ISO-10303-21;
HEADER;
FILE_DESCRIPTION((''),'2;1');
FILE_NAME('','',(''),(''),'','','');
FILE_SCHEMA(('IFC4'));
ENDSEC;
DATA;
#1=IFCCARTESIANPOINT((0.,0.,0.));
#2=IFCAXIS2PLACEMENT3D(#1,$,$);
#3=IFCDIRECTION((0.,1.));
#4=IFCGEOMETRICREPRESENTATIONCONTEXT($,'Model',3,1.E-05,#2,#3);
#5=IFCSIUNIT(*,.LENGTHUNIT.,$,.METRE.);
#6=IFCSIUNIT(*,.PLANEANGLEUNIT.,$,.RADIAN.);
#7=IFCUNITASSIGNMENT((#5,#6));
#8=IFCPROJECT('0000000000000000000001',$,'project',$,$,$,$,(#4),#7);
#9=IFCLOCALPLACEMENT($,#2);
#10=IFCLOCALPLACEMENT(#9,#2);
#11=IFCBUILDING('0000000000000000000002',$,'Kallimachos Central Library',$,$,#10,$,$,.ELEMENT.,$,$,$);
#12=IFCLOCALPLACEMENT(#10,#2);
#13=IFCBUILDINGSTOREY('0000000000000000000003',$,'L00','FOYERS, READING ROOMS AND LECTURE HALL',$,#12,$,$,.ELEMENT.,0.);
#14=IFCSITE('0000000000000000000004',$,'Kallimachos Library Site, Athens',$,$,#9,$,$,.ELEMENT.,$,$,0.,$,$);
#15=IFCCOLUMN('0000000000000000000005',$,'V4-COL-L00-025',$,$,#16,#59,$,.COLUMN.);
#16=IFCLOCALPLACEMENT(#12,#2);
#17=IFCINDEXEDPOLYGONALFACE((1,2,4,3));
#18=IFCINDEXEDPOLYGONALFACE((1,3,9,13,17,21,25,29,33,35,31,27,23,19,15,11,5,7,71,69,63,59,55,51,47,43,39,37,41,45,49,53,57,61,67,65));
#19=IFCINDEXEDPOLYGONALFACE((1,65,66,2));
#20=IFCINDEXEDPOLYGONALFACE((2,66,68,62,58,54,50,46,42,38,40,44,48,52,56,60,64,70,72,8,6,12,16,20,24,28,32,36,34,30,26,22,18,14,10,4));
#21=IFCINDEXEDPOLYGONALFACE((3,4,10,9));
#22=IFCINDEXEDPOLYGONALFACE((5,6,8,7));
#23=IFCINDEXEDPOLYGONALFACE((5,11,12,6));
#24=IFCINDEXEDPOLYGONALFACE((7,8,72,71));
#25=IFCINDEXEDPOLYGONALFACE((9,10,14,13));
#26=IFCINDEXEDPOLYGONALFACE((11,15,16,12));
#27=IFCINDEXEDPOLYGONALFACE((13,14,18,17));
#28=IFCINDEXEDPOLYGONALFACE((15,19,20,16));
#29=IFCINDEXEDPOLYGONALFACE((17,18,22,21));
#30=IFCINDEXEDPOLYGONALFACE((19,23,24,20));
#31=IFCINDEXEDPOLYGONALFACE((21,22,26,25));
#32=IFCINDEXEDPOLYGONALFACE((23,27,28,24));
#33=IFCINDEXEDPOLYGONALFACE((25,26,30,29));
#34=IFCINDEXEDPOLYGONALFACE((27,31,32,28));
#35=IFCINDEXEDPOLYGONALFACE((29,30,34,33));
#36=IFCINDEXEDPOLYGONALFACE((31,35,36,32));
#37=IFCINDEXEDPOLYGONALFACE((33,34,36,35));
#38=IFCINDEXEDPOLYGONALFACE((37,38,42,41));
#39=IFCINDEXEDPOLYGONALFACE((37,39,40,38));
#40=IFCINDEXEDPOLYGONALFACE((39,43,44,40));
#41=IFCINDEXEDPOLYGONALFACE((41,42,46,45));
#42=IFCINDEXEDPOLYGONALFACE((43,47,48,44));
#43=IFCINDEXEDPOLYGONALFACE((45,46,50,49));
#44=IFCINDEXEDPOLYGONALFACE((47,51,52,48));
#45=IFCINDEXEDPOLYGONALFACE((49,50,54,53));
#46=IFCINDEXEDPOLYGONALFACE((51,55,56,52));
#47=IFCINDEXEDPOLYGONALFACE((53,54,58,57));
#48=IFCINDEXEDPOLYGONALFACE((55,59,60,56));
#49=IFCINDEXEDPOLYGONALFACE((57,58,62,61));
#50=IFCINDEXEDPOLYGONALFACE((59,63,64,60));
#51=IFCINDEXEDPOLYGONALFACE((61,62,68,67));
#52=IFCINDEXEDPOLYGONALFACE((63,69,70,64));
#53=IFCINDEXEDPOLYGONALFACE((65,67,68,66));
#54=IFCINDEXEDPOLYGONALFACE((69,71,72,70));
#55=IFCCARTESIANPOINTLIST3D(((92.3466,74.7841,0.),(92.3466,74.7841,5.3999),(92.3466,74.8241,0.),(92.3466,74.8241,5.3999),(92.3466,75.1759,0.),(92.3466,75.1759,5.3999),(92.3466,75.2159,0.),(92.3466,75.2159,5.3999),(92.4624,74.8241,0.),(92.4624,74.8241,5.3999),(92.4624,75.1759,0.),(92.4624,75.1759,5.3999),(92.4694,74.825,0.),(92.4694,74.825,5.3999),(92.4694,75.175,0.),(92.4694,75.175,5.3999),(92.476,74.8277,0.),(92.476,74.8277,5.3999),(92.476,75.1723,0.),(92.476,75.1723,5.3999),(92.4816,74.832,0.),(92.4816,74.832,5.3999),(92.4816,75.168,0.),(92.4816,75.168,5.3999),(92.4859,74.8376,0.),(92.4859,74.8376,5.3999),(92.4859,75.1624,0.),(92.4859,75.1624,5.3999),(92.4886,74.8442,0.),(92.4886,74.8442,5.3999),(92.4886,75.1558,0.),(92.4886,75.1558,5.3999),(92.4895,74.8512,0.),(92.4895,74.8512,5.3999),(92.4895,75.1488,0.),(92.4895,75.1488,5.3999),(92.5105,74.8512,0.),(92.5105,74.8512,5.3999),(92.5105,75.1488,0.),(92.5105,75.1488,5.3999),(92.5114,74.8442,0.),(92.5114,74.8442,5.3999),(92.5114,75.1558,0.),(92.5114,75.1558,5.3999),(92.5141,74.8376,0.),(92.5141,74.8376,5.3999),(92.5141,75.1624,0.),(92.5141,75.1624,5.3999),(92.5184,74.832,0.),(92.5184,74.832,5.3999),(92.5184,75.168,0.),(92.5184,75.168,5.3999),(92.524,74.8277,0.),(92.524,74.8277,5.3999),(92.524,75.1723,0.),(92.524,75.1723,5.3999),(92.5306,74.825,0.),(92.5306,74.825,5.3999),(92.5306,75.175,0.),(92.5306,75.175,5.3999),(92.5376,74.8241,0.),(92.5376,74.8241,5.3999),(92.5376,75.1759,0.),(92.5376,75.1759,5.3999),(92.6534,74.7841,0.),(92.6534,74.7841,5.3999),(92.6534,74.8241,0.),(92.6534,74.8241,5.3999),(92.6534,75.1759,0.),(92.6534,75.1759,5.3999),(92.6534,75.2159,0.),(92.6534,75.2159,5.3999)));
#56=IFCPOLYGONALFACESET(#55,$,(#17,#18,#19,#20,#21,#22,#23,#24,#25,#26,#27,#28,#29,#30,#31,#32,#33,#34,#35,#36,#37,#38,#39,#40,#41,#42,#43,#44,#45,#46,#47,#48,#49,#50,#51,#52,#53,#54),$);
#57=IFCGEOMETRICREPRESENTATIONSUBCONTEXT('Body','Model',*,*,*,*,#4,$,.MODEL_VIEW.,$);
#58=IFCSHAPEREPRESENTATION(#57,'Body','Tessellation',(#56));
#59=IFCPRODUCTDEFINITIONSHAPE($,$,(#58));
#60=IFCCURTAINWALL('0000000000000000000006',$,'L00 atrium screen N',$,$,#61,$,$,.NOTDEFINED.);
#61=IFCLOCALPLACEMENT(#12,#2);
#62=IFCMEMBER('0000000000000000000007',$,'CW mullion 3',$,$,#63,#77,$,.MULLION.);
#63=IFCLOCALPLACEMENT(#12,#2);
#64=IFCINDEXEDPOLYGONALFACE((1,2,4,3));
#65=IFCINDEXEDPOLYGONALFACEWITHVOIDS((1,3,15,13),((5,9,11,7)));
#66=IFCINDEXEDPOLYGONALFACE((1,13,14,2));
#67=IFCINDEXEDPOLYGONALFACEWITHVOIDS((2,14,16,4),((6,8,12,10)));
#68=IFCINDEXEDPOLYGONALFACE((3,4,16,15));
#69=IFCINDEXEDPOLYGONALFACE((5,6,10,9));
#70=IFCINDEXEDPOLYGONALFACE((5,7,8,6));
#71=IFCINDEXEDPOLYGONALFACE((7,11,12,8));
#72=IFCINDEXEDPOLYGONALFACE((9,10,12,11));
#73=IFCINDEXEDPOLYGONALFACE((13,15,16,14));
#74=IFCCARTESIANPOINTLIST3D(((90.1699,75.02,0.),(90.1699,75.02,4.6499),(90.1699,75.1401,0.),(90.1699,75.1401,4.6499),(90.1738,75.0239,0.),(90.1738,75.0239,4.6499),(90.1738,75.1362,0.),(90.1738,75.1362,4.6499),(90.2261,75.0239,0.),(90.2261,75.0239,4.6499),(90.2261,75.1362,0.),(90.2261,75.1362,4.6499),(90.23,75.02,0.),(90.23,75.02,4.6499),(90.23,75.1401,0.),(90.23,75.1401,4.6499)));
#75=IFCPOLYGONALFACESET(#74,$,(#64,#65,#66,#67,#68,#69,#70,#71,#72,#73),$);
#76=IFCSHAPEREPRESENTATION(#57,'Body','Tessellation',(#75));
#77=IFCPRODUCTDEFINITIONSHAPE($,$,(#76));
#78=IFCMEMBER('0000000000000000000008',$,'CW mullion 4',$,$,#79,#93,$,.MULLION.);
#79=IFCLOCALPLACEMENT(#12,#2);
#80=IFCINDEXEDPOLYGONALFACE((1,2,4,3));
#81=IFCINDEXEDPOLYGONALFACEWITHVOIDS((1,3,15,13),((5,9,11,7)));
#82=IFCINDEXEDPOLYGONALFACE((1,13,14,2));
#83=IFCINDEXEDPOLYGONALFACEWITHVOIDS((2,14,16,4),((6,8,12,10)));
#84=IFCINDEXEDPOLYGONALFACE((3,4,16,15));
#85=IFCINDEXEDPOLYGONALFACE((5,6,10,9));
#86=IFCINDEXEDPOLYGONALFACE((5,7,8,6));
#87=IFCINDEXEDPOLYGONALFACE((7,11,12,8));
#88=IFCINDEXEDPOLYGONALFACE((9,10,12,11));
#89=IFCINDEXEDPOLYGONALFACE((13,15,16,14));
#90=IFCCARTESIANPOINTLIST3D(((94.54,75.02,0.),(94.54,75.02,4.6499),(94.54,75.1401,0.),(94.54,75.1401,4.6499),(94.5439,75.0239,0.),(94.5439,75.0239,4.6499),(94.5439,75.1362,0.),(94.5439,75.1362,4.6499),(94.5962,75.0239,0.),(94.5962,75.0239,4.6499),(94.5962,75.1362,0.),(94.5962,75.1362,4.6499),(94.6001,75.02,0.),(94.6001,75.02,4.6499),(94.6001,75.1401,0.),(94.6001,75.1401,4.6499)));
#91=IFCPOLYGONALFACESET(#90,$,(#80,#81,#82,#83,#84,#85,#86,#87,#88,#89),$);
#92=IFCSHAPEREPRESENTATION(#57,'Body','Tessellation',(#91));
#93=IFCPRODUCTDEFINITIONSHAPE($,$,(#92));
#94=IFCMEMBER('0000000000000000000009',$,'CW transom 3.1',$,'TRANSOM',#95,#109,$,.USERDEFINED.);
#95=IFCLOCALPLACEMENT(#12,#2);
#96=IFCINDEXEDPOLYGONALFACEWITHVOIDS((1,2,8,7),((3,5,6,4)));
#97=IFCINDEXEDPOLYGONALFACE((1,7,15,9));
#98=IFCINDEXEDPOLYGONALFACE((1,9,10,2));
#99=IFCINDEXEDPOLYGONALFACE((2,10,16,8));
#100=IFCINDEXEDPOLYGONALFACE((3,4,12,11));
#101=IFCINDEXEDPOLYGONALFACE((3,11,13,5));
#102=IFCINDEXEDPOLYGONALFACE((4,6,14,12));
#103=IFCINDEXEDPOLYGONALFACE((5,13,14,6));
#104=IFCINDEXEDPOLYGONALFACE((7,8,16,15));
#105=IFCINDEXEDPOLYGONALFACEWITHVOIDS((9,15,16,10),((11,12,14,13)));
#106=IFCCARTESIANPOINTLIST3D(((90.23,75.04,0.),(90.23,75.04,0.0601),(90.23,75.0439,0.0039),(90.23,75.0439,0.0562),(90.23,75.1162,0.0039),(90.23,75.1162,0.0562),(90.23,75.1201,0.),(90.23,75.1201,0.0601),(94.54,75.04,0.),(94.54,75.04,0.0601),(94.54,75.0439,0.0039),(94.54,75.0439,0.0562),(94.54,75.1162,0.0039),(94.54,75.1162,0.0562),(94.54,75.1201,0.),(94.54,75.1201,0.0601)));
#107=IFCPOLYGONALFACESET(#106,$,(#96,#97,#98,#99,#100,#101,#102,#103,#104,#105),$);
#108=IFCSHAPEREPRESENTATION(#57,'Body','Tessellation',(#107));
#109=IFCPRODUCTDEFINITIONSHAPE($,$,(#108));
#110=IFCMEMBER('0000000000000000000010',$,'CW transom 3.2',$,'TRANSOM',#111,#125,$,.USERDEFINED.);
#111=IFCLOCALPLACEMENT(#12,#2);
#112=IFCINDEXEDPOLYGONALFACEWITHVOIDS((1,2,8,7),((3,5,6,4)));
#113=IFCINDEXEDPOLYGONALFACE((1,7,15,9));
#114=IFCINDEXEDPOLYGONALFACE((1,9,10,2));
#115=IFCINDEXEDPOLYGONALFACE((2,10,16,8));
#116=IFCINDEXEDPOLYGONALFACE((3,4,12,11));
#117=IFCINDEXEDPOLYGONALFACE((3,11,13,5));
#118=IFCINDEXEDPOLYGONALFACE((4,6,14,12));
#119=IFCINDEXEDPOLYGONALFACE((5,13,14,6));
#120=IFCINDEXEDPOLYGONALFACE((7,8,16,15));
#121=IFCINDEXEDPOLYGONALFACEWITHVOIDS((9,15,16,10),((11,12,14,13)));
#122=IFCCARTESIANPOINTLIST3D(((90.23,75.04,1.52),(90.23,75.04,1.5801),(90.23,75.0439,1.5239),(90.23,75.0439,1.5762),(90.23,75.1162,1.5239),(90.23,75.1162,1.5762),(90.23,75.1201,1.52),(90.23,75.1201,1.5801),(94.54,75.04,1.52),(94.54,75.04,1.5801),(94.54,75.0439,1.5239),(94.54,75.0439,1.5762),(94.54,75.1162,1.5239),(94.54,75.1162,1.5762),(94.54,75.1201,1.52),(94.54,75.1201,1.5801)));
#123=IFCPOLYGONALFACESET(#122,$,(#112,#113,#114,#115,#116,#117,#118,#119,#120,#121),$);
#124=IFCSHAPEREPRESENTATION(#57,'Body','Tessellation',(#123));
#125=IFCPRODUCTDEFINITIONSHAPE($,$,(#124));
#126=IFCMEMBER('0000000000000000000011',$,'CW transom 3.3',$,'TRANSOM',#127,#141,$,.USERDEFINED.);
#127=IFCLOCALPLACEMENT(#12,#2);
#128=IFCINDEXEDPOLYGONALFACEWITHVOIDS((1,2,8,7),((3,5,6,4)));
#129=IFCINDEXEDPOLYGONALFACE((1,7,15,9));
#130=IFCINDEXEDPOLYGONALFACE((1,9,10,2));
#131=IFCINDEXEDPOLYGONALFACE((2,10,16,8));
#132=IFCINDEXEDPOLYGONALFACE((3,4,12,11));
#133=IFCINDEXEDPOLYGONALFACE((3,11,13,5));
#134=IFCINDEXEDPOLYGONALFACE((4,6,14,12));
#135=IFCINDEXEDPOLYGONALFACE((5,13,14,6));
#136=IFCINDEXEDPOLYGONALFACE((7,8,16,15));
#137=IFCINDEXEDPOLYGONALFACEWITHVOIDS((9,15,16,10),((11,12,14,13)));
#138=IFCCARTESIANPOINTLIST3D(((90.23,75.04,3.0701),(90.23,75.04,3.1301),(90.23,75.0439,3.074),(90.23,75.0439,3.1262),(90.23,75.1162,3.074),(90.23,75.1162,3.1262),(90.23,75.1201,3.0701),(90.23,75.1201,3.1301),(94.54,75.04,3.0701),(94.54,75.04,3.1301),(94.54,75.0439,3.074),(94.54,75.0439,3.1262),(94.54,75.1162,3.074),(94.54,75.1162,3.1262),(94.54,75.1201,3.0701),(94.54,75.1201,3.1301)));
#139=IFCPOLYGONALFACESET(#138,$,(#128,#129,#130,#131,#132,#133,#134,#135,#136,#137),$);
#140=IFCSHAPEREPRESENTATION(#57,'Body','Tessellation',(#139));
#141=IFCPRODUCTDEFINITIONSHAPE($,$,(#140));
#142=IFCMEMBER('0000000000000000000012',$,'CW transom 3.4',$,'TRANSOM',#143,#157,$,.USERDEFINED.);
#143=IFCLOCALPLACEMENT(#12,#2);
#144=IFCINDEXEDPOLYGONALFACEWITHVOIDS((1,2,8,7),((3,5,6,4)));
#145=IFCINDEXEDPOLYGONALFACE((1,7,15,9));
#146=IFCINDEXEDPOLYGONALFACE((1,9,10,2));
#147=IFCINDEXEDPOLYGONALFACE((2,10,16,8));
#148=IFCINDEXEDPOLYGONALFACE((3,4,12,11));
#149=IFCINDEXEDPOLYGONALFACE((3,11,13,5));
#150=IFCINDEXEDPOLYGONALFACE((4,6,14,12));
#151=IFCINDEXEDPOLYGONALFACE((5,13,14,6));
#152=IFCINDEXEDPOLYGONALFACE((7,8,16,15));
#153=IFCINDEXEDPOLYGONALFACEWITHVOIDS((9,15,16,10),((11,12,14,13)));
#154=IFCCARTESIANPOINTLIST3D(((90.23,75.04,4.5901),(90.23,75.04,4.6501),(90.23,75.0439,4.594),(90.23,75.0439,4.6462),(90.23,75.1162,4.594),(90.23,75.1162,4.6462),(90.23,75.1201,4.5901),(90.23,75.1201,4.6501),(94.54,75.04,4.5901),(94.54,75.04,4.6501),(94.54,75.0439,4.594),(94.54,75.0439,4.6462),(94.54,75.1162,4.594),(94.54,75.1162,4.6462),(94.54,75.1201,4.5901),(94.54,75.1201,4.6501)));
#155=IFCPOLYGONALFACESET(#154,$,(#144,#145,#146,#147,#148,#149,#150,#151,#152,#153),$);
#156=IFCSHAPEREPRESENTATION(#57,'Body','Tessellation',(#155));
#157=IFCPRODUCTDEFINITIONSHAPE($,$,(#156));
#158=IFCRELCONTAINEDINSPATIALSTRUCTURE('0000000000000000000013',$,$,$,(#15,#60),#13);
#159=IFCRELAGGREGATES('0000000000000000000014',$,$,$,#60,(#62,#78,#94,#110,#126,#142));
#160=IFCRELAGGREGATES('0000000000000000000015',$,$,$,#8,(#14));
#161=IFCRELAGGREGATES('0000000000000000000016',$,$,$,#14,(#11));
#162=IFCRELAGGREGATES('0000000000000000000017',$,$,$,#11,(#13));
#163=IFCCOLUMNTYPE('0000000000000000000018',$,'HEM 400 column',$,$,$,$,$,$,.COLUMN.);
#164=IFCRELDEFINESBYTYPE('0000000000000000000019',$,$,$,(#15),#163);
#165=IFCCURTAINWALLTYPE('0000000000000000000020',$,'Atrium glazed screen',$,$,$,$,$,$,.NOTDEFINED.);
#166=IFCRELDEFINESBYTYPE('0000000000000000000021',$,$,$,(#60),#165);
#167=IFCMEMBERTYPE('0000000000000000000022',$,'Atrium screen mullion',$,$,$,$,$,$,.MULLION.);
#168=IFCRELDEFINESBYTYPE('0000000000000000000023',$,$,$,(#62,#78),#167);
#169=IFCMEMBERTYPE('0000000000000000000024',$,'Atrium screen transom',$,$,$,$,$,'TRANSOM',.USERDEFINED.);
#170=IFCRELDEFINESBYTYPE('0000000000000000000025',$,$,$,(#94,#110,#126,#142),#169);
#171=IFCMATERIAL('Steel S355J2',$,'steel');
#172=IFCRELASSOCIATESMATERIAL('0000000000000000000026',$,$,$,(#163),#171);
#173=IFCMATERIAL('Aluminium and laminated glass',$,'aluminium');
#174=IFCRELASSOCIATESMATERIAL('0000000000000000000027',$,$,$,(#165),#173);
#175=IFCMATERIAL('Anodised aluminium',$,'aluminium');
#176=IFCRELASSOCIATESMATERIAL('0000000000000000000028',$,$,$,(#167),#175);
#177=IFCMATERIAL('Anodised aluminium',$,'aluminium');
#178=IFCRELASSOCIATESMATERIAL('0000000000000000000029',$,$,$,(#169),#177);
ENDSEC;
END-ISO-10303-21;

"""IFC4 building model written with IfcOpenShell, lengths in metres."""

from ifc_helpers import new_model, si_unit, direction, frame, origin, origin_2d, place, context, subcontext, project, spatial, hollow_rectangle, i_section, extrude, material, material_profile, profile_set, type_object, element, aggregate, save


model = new_model("IFC4")

# Units and contexts
model_context = context("Model", 3, precision=1e-05, world=origin(), true_north=direction((0.0, 1.0)))
body_context = subcontext(model_context, "Body", "Model", "MODEL_VIEW")
ifc_project = project(units=[si_unit("LENGTHUNIT", "METRE"), si_unit("PLANEANGLEUNIT", "RADIAN")], contexts=[model_context])

# Site, building, storey
site_placement = place(None, origin())
site = spatial("IfcSite", under=ifc_project, at=site_placement, Name="Kallimachos Library Site, Athens", CompositionType="ELEMENT", RefElevation=0.0)
building_placement = place(site_placement, origin())
building = spatial("IfcBuilding", under=site, at=building_placement, Name="Kallimachos Central Library", CompositionType="ELEMENT")
storey_placement = place(building_placement, origin())
storey = spatial("IfcBuildingStorey", under=building, at=storey_placement, Name="L00", Description="FOYERS, READING ROOMS AND LECTURE HALL", CompositionType="ELEMENT", Elevation=0.0)

# Column
ifc_material_1 = material(Name="Steel S355J2", Category="steel")
ifc_material_profile_1 = material_profile(ifc_material_1, i_section(OverallWidth=0.3069, OverallDepth=0.4319, WebThickness=0.021, FlangeThickness=0.04, FilletRadius=0.0271, at=origin_2d()), Name="HEM 400")
ifc_profile_set_1 = profile_set([ifc_material_profile_1], Name="Steel S355J2")
column_type = type_object("IfcColumnType", Name="HEM 400 column", PredefinedType="COLUMN", material=ifc_profile_set_1)
column_placement = place(storey_placement, frame((92.5, 75.0, 0.0), z_axis=(0.0, 0.0, 1.0), x_axis=(1.0, 0.0, 0.0)))
element("IfcColumn", 1, at=column_placement, inside=storey, type_object=column_type, Name="V4-COL-L00-025", PredefinedType="COLUMN", context=body_context, shape_type="SweptSolid", body=[
    extrude(i_section(OverallWidth=0.3069, OverallDepth=0.4319, WebThickness=0.021, FlangeThickness=0.04, FilletRadius=0.0271, at=origin_2d()), origin(), (0.0, 0.0, 1.0), 5.3999),
])

# Curtain wall, members
ifc_material_2 = material(Name="Aluminium and laminated glass", Category="aluminium")
curtain_wall_type = type_object("IfcCurtainWallType", Name="Atrium glazed screen", PredefinedType="NOTDEFINED", material=ifc_material_2)
curtain_wall_placement = place(storey_placement, origin())
curtain_wall = element("IfcCurtainWall", 2, at=curtain_wall_placement, inside=storey, type_object=curtain_wall_type, Name="L00 atrium screen N", PredefinedType="NOTDEFINED")
ifc_material_3 = material(Name="Anodised aluminium", Category="aluminium")
ifc_material_profile_2 = material_profile(ifc_material_3, hollow_rectangle(XDim=0.0601, YDim=0.1201, WallThickness=0.0039, at=origin_2d()), Name="ALU MULLION 60x120")
ifc_profile_set_2 = profile_set([ifc_material_profile_2], Name="Anodised aluminium")
member_type_1 = type_object("IfcMemberType", Name="Atrium screen mullion", PredefinedType="MULLION", material=ifc_profile_set_2)
member_1_placement = place(storey_placement, frame((90.2, 75.0801, 0.0), z_axis=(0.0, 0.0, 1.0), x_axis=(1.0, 0.0, 0.0)))
member_1 = element("IfcMember", 3, at=member_1_placement, type_object=member_type_1, Name="CW mullion 3", PredefinedType="MULLION", context=body_context, shape_type="SweptSolid", body=[
    extrude(hollow_rectangle(XDim=0.0601, YDim=0.1201, WallThickness=0.0039, at=origin_2d()), origin(), (0.0, 0.0, 1.0), 4.6499),
])
member_2_placement = place(storey_placement, frame((94.5701, 75.0801, 0.0), z_axis=(0.0, 0.0, 1.0), x_axis=(1.0, 0.0, 0.0)))
member_2 = element("IfcMember", 4, at=member_2_placement, type_object=member_type_1, Name="CW mullion 4", PredefinedType="MULLION", context=body_context, shape_type="SweptSolid", body=[
    extrude(hollow_rectangle(XDim=0.0601, YDim=0.1201, WallThickness=0.0039, at=origin_2d()), origin(), (0.0, 0.0, 1.0), 4.6499),
])
ifc_material_4 = material(Name="Anodised aluminium", Category="aluminium")
ifc_material_profile_3 = material_profile(ifc_material_4, hollow_rectangle(XDim=0.0601, YDim=0.0801, WallThickness=0.0039, at=origin_2d()), Name="ALU TRANSOM 60x80")
ifc_profile_set_3 = profile_set([ifc_material_profile_3], Name="Anodised aluminium")
member_type_2 = type_object("IfcMemberType", Name="Atrium screen transom", ElementType="TRANSOM", PredefinedType="USERDEFINED", material=ifc_profile_set_3)
member_3_placement = place(storey_placement, frame((90.23, 75.0801, 0.03), z_axis=(1.0, 0.0, 0.0), x_axis=(0.0, 0.0, 1.0)))
member_3 = element("IfcMember", 5, at=member_3_placement, type_object=member_type_2, Name="CW transom 3.1", ObjectType="TRANSOM", PredefinedType="USERDEFINED", context=body_context, shape_type="SweptSolid", body=[
    extrude(hollow_rectangle(XDim=0.0601, YDim=0.0801, WallThickness=0.0039, at=origin_2d()), origin(), (0.0, 0.0, 1.0), 4.3101),
])
member_4_placement = place(storey_placement, frame((90.23, 75.0801, 1.55), z_axis=(1.0, 0.0, 0.0), x_axis=(0.0, 0.0, 1.0)))
member_4 = element("IfcMember", 6, at=member_4_placement, type_object=member_type_2, Name="CW transom 3.2", ObjectType="TRANSOM", PredefinedType="USERDEFINED", context=body_context, shape_type="SweptSolid", body=[
    extrude(hollow_rectangle(XDim=0.0601, YDim=0.0801, WallThickness=0.0039, at=origin_2d()), origin(), (0.0, 0.0, 1.0), 4.3101),
])
member_5_placement = place(storey_placement, frame((90.23, 75.0801, 3.1001), z_axis=(1.0, 0.0, 0.0), x_axis=(0.0, 0.0, 1.0)))
member_5 = element("IfcMember", 7, at=member_5_placement, type_object=member_type_2, Name="CW transom 3.3", ObjectType="TRANSOM", PredefinedType="USERDEFINED", context=body_context, shape_type="SweptSolid", body=[
    extrude(hollow_rectangle(XDim=0.0601, YDim=0.0801, WallThickness=0.0039, at=origin_2d()), origin(), (0.0, 0.0, 1.0), 4.3101),
])
member_6_placement = place(storey_placement, frame((90.23, 75.0801, 4.6201), z_axis=(1.0, 0.0, 0.0), x_axis=(0.0, 0.0, 1.0)))
member_6 = element("IfcMember", 8, at=member_6_placement, type_object=member_type_2, Name="CW transom 3.4", ObjectType="TRANSOM", PredefinedType="USERDEFINED", context=body_context, shape_type="SweptSolid", body=[
    extrude(hollow_rectangle(XDim=0.0601, YDim=0.0801, WallThickness=0.0039, at=origin_2d()), origin(), (0.0, 0.0, 1.0), 4.3101),
])

aggregate(curtain_wall, [member_1, member_2, member_3, member_4, member_5, member_6])

save(model, "model.ifc")
